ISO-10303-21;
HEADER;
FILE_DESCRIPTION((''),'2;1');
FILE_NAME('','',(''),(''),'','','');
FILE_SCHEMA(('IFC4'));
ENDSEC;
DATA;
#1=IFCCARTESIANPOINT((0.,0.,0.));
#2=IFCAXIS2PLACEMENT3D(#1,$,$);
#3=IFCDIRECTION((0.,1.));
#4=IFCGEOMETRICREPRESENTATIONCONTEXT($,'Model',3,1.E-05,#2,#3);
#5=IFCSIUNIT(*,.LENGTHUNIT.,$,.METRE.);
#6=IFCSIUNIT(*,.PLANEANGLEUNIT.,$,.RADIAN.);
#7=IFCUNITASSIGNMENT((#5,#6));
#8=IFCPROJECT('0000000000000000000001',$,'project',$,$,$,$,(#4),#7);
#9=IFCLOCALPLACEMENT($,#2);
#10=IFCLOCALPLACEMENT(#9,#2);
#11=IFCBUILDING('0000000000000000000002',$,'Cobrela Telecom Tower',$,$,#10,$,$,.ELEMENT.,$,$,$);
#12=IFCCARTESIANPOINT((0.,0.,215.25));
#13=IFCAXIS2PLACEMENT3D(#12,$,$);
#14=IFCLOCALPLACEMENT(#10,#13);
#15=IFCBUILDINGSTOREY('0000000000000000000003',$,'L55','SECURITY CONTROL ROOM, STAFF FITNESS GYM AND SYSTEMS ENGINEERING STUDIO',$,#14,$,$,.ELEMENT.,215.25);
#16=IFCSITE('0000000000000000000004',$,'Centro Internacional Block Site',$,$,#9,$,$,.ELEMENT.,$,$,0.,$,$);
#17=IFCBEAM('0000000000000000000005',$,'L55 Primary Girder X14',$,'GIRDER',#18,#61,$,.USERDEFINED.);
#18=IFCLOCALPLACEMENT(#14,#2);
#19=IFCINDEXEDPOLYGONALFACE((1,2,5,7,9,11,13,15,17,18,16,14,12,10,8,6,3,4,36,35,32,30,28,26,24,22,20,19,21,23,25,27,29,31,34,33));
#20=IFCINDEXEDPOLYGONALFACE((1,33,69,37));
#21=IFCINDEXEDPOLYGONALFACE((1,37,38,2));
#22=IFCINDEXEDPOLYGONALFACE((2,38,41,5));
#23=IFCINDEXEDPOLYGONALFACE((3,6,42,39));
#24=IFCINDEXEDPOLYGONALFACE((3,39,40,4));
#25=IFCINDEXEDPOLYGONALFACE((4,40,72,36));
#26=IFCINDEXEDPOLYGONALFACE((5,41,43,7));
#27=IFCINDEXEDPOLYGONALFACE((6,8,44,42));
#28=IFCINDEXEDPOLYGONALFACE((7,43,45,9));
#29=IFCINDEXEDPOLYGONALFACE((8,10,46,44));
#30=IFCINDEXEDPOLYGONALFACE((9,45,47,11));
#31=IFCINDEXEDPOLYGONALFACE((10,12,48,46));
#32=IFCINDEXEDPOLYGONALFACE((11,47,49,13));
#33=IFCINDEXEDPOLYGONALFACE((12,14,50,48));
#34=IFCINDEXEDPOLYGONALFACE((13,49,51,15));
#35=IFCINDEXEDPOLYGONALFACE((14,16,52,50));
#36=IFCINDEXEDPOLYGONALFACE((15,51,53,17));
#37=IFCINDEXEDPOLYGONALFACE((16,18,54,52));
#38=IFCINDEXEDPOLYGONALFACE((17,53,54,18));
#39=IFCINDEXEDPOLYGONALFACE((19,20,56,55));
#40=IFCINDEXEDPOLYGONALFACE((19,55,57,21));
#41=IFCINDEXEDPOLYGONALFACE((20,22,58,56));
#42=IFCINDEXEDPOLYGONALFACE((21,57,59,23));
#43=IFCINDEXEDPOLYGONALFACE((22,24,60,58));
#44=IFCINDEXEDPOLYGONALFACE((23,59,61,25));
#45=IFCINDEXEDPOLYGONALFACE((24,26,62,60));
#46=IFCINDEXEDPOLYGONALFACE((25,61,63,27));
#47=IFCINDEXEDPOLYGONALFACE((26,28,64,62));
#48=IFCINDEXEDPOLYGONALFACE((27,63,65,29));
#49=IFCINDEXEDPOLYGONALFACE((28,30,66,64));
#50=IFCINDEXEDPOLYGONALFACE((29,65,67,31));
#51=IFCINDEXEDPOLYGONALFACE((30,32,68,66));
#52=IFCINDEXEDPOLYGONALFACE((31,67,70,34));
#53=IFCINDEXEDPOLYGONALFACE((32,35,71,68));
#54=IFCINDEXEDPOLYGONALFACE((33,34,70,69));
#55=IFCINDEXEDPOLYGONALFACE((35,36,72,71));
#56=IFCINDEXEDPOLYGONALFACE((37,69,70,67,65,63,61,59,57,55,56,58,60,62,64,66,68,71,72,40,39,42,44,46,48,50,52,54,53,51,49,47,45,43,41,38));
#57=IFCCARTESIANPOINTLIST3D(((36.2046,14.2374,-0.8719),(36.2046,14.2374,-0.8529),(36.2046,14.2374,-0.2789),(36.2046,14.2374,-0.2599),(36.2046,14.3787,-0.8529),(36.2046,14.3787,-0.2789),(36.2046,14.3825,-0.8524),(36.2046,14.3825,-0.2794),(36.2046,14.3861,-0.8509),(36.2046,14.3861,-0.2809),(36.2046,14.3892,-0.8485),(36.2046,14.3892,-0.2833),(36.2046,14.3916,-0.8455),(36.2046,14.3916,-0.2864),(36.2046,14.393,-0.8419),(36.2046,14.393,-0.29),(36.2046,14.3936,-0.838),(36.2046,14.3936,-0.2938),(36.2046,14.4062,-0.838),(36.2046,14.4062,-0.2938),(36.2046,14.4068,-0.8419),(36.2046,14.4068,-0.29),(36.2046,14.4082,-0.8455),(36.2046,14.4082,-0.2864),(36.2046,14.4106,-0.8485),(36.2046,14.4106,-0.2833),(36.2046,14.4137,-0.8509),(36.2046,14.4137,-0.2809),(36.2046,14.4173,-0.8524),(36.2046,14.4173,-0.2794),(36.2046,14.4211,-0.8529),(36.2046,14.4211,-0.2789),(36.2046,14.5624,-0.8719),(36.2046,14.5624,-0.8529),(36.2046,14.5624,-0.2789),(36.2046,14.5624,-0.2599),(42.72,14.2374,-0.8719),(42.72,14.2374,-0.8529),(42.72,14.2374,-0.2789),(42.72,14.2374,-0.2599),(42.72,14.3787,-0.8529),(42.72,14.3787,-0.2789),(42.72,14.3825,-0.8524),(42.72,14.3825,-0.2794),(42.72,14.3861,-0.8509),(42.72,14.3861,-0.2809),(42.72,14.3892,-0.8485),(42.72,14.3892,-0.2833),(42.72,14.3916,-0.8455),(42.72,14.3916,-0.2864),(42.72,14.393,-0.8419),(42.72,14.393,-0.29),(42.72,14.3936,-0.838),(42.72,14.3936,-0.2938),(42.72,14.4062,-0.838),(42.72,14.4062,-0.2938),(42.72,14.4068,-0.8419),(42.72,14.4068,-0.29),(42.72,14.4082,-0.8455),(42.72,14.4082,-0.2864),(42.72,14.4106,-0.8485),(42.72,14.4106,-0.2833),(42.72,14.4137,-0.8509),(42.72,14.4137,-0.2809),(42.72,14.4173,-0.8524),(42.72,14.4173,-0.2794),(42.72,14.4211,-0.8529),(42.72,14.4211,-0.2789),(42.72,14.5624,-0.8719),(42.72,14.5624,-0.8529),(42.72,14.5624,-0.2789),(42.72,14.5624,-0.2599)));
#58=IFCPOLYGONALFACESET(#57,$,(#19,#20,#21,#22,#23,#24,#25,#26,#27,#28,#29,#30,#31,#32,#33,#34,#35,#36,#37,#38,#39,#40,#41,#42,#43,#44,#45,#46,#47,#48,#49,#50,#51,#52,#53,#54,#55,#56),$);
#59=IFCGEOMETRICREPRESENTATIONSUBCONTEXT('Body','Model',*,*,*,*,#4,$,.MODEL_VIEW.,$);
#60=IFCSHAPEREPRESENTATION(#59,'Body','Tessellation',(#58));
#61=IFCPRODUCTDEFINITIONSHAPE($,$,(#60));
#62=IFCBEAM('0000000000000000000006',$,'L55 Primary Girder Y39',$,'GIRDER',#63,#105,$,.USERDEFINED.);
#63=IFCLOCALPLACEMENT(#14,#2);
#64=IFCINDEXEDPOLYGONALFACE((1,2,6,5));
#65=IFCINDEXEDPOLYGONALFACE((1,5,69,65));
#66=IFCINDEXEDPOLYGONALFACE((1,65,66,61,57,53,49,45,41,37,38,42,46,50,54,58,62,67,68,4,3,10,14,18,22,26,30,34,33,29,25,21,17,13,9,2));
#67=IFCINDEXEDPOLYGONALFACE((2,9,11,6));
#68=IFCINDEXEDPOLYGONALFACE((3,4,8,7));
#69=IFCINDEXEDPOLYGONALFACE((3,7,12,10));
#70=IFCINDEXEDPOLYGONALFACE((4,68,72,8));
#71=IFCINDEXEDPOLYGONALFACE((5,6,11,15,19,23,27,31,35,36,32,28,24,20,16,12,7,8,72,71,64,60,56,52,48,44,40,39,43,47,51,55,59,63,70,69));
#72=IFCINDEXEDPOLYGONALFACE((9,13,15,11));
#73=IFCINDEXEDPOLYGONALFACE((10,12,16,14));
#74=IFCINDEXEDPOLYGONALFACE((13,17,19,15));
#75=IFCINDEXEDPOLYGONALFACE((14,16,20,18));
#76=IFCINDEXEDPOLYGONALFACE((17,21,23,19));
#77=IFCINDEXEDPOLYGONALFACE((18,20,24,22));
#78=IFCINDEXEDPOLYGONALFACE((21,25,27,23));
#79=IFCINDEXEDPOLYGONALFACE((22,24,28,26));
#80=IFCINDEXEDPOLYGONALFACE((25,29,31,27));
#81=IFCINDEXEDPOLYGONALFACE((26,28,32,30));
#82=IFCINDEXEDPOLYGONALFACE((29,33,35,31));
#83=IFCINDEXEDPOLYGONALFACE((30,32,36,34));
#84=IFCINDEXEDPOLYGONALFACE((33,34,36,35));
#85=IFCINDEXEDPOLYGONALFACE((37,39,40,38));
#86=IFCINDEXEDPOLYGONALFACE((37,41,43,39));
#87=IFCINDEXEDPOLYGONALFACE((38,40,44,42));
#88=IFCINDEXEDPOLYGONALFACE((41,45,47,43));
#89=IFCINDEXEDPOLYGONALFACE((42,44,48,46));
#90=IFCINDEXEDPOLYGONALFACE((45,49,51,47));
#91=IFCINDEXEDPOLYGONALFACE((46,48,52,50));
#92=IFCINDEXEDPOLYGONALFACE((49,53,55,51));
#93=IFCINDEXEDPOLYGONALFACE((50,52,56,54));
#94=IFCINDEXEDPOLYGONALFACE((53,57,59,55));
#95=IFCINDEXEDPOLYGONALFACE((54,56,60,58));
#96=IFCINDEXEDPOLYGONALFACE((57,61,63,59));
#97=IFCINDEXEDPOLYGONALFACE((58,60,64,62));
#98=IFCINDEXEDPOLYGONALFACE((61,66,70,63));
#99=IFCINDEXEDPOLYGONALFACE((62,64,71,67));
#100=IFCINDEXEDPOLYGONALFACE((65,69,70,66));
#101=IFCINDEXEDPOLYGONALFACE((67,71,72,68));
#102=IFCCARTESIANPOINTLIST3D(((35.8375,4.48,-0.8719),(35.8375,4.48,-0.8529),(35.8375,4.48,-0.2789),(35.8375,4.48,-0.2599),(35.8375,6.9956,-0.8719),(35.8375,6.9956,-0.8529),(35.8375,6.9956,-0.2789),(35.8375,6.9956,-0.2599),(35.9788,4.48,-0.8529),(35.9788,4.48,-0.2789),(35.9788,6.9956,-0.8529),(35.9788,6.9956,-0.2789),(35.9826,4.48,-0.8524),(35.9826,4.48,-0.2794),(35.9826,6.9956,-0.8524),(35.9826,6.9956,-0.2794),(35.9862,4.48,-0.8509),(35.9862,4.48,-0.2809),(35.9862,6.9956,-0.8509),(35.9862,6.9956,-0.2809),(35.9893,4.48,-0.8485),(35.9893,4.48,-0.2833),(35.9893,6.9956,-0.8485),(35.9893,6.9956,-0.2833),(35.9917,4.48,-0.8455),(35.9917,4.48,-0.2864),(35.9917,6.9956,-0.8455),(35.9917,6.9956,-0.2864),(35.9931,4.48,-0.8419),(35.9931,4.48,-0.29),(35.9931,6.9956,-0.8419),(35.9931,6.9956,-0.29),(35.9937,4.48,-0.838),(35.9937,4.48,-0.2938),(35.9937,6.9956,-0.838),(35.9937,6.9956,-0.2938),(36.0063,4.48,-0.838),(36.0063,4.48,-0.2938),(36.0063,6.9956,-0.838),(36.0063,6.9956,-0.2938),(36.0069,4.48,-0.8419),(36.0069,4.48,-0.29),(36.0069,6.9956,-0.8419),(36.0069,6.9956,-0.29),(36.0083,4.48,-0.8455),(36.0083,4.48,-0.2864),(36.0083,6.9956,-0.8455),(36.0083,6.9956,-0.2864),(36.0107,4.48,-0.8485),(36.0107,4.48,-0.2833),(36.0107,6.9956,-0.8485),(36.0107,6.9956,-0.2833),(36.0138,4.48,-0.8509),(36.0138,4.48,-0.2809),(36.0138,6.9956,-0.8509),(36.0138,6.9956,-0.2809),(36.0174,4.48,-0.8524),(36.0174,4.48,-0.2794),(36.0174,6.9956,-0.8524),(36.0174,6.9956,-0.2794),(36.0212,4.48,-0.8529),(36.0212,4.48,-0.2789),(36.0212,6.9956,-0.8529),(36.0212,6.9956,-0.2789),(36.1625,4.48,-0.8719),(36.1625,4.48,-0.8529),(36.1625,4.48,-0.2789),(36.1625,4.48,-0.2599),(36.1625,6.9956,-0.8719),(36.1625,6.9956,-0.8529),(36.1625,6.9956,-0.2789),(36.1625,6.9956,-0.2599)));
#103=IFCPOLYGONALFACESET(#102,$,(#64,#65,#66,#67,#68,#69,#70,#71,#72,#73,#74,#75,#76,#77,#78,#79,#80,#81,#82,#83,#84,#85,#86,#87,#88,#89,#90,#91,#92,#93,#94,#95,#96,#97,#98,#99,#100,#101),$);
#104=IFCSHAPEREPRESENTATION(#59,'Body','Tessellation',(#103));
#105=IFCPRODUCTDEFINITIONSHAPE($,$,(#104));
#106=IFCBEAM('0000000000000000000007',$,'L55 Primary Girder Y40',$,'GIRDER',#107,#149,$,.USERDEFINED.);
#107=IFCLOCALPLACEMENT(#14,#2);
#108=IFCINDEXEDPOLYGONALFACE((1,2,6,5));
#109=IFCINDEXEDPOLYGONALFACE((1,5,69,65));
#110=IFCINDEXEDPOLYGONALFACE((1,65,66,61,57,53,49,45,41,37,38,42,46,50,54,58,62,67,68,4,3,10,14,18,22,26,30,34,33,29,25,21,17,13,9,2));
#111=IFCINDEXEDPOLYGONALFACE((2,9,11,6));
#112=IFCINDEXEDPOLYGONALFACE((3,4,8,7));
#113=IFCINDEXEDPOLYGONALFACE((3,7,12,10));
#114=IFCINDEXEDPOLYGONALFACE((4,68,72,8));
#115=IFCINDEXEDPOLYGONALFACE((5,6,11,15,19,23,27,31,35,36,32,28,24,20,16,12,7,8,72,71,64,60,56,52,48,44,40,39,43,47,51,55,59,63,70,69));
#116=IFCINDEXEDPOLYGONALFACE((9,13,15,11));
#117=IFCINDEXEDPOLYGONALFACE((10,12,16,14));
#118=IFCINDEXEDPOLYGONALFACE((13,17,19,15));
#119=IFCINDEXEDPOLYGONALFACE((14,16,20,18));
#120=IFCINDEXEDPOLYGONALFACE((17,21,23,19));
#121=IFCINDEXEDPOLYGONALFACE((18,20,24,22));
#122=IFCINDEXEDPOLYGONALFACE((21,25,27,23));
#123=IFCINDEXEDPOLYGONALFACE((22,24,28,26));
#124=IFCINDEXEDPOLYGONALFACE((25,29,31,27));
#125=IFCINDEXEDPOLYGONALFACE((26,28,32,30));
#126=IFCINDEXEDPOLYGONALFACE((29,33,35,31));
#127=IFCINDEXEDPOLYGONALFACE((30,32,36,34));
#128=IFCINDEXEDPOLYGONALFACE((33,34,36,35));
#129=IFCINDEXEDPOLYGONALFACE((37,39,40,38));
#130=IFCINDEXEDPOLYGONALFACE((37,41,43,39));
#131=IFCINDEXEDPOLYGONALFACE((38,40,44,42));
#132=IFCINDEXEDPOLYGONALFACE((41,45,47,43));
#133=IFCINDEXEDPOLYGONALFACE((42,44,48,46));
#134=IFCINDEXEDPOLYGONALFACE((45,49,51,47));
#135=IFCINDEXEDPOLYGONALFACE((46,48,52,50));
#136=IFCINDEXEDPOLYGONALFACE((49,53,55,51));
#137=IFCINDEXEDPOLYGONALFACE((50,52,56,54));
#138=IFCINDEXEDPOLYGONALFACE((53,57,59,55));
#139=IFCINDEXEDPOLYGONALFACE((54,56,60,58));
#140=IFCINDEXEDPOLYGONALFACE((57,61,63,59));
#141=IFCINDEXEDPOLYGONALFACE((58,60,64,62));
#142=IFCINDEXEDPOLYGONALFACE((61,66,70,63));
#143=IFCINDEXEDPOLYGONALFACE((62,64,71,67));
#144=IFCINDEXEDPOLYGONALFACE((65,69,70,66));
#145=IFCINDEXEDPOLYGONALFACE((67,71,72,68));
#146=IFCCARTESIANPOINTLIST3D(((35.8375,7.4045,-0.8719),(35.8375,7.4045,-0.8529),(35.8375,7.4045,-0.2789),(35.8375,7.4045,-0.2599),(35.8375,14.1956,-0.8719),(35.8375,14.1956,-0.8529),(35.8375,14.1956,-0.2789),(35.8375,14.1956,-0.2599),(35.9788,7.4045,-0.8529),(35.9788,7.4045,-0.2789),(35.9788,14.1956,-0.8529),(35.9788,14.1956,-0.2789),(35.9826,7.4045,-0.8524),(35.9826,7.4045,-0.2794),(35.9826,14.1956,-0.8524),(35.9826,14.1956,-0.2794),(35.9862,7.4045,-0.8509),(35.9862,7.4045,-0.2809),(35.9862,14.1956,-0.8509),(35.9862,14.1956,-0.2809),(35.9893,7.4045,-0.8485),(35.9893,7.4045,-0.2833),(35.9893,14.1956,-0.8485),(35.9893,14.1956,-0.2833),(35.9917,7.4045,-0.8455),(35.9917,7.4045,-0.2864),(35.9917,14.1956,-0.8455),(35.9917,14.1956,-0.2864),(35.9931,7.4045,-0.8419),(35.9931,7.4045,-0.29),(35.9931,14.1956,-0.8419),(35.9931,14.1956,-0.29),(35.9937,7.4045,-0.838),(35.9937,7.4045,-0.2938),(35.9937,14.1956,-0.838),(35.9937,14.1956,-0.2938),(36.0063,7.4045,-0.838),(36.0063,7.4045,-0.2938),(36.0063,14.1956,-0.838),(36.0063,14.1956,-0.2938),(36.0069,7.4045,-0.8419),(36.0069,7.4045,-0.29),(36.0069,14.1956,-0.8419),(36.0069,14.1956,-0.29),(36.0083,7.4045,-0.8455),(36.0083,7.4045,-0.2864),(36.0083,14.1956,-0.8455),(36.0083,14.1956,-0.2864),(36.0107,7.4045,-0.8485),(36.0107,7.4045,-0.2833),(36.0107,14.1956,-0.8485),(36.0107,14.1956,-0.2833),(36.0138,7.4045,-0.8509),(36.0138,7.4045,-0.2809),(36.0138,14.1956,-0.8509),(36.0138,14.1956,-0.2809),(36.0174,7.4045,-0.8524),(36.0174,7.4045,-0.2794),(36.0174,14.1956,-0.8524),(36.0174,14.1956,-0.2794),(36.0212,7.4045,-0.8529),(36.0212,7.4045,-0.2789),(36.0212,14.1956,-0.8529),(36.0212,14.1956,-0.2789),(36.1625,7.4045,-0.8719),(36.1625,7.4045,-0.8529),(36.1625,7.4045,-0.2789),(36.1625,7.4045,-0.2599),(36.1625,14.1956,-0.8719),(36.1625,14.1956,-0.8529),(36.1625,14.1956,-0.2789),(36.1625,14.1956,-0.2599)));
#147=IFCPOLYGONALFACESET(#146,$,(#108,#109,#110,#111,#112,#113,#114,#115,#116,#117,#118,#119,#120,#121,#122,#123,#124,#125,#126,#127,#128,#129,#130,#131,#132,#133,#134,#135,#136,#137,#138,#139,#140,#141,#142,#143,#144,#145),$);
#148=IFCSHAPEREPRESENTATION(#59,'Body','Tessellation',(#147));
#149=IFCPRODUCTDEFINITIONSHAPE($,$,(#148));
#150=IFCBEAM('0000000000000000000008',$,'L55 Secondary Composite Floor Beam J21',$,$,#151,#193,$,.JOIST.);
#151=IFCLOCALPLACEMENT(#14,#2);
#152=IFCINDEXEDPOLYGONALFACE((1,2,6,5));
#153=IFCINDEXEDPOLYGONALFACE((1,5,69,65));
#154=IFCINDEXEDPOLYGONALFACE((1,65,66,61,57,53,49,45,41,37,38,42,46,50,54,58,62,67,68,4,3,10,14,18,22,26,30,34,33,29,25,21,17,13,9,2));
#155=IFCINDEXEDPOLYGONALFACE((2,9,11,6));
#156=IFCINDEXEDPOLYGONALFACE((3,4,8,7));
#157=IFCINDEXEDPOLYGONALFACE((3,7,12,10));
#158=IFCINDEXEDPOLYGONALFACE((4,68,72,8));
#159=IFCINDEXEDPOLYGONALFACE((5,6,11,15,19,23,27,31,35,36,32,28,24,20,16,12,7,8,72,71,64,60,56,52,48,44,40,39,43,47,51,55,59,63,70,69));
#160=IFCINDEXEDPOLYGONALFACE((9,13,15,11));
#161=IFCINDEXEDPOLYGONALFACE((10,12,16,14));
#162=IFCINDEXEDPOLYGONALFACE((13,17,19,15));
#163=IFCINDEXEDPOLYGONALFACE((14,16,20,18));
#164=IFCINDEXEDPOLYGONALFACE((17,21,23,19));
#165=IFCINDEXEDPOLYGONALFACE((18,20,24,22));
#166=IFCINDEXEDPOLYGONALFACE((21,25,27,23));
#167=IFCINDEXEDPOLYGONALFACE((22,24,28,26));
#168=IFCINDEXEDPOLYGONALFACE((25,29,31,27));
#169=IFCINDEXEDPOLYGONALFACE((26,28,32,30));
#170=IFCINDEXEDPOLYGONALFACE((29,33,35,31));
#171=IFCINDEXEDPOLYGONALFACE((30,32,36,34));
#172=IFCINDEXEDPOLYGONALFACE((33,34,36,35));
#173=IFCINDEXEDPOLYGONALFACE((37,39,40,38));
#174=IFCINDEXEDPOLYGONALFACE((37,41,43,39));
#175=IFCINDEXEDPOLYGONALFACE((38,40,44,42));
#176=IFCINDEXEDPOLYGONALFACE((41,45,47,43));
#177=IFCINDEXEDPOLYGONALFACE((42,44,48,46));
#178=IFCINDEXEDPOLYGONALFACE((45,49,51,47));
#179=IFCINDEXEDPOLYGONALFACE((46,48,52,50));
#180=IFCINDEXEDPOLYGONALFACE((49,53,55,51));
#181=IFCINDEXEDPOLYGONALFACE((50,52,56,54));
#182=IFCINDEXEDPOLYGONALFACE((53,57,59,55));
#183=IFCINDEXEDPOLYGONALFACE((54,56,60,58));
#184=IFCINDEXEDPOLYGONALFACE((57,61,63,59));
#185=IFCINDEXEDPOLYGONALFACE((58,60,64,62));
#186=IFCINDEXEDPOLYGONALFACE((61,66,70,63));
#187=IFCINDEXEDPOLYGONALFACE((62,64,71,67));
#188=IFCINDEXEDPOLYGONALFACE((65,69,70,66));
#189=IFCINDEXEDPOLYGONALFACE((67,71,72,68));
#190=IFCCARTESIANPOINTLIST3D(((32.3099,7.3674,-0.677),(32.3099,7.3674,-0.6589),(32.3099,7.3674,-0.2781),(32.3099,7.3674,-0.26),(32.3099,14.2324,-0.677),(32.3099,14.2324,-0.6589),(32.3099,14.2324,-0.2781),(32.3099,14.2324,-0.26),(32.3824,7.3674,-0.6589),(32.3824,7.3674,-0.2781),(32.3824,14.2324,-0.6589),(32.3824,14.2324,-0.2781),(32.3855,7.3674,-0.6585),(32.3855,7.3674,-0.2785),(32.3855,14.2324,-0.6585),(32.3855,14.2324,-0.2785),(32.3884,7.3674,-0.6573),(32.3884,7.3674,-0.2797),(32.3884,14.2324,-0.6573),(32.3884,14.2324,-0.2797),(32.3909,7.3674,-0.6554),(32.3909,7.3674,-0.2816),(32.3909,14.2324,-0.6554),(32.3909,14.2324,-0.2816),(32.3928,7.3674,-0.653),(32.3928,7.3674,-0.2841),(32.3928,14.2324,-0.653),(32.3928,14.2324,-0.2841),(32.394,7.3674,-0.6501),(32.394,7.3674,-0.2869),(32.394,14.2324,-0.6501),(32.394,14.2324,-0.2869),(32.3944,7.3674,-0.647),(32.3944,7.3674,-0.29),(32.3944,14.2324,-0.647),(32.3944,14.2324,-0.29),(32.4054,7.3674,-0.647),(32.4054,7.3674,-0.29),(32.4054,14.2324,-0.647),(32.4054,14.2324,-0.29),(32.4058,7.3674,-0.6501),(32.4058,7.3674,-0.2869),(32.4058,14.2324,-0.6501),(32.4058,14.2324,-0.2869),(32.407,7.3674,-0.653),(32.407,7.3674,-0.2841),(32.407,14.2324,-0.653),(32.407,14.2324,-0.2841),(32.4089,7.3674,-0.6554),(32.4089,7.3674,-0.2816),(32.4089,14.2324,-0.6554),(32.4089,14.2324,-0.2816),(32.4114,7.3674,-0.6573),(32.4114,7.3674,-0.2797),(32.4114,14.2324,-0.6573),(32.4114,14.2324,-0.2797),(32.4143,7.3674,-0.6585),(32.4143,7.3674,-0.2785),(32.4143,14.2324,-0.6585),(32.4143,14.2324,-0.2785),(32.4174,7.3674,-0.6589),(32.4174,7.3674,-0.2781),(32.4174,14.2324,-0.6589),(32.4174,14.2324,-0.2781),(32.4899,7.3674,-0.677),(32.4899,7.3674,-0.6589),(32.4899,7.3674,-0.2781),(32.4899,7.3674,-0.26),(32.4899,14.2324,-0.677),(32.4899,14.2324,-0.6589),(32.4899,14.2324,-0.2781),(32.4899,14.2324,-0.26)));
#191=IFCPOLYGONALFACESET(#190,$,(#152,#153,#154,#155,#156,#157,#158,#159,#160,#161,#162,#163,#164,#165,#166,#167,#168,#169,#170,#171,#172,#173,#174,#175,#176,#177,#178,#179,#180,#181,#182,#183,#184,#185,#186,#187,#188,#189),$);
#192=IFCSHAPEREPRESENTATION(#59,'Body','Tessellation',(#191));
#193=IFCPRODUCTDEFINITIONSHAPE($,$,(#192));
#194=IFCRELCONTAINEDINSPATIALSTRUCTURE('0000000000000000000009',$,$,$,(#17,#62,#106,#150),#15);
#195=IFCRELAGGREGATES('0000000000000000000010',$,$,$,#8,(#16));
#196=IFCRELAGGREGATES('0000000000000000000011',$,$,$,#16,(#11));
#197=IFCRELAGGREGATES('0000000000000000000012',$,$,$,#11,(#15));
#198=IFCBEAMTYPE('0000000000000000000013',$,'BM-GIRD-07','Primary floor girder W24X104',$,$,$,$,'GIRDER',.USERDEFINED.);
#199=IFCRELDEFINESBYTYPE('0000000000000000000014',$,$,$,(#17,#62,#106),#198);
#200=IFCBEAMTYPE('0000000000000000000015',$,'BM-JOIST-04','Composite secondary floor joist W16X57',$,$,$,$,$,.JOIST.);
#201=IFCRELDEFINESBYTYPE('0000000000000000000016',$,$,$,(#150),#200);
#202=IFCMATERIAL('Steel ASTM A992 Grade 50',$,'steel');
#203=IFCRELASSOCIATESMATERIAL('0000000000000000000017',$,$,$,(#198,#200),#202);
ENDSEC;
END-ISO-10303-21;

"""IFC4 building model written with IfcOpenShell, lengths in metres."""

from ifc_helpers import new_model, si_unit, direction, frame, origin, origin_2d, place, context, subcontext, project, spatial, i_section, extrude, material, material_profile, profile_set, type_object, element, save


model = new_model("IFC4")

# Units and contexts
model_context = context("Model", 3, precision=1e-05, world=origin(), true_north=direction((0.0, 1.0)))
body_context = subcontext(model_context, "Body", "Model", "MODEL_VIEW")
ifc_project = project(units=[si_unit("LENGTHUNIT", "METRE"), si_unit("PLANEANGLEUNIT", "RADIAN")], contexts=[model_context])

# Site, building, storey
site_placement = place(None, origin())
site = spatial("IfcSite", under=ifc_project, at=site_placement, Name="Centro Internacional Block Site", CompositionType="ELEMENT", RefElevation=0.0)
building_placement = place(site_placement, origin())
building = spatial("IfcBuilding", under=site, at=building_placement, Name="Cobrela Telecom Tower", CompositionType="ELEMENT")
storey_placement = place(building_placement, frame((0.0, 0.0, 215.25)))
storey = spatial("IfcBuildingStorey", under=building, at=storey_placement, Name="L55", Description="SECURITY CONTROL ROOM, STAFF FITNESS GYM AND SYSTEMS ENGINEERING STUDIO", CompositionType="ELEMENT", Elevation=215.25)

# Shared definitions
ifc_material_1 = material(Name="Steel ASTM A992 Grade 50", Category="steel")

# Beams
ifc_material_profile_1 = material_profile(ifc_material_1, i_section(OverallWidth=0.325, OverallDepth=0.6121, WebThickness=0.0127, FlangeThickness=0.019, FilletRadius=0.0149, at=origin_2d()), Name="W24X104")
ifc_profile_set_1 = profile_set([ifc_material_profile_1], Name="Steel ASTM A992 Grade 50")
beam_type_1 = type_object("IfcBeamType", Name="BM-GIRD-07", Description="Primary floor girder W24X104", ElementType="GIRDER", PredefinedType="USERDEFINED", material=ifc_profile_set_1)
for number, where, z_axis, x_axis, name in (
    (1, (36.2046, 14.3999, -0.5659), (1.0, 0.0, 0.0), (0.0, 1.0, 0.0), "L55 Primary Girder X14"),
):
    element("IfcBeam", number, at=place(storey_placement, frame(where, z_axis=z_axis, x_axis=x_axis)), inside=storey, type_object=beam_type_1, Name=name, ObjectType="GIRDER", PredefinedType="USERDEFINED", context=body_context, shape_type="SweptSolid", body=[
        extrude(i_section(OverallWidth=0.325, OverallDepth=0.6121, WebThickness=0.0127, FlangeThickness=0.019, FilletRadius=0.0149, at=origin_2d()), origin(), (0.0, 0.0, 1.0), 6.5154),
    ])
beam_1_placement = place(storey_placement, frame((36.0, 4.48, -0.5659), z_axis=(0.0, 1.0, 0.0), x_axis=(-1.0, 0.0, 0.0)))
element("IfcBeam", 2, at=beam_1_placement, inside=storey, type_object=beam_type_1, Name="L55 Primary Girder Y39", ObjectType="GIRDER", PredefinedType="USERDEFINED", context=body_context, shape_type="SweptSolid", body=[
    extrude(i_section(OverallWidth=0.325, OverallDepth=0.6121, WebThickness=0.0127, FlangeThickness=0.019, FilletRadius=0.0149, at=origin_2d()), origin(), (0.0, 0.0, 1.0), 2.5156),
])
beam_2_placement = place(storey_placement, frame((36.0, 7.4045, -0.5659), z_axis=(0.0, 1.0, 0.0), x_axis=(-1.0, 0.0, 0.0)))
element("IfcBeam", 3, at=beam_2_placement, inside=storey, type_object=beam_type_1, Name="L55 Primary Girder Y40", ObjectType="GIRDER", PredefinedType="USERDEFINED", context=body_context, shape_type="SweptSolid", body=[
    extrude(i_section(OverallWidth=0.325, OverallDepth=0.6121, WebThickness=0.0127, FlangeThickness=0.019, FilletRadius=0.0149, at=origin_2d()), origin(), (0.0, 0.0, 1.0), 6.791),
])
ifc_material_profile_2 = material_profile(ifc_material_1, i_section(OverallWidth=0.1799, OverallDepth=0.417, WebThickness=0.011, FlangeThickness=0.0181, FilletRadius=0.012, at=origin_2d()), Name="W16X57")
ifc_profile_set_2 = profile_set([ifc_material_profile_2], Name="Steel ASTM A992 Grade 50")
beam_type_2 = type_object("IfcBeamType", Name="BM-JOIST-04", Description="Composite secondary floor joist W16X57", PredefinedType="JOIST", material=ifc_profile_set_2)
for number, where, z_axis, x_axis, name in (
    (4, (32.3999, 7.3674, -0.4685), (0.0, 1.0, 0.0), (-1.0, 0.0, 0.0), "L55 Secondary Composite Floor Beam J21"),
):
    element("IfcBeam", number, at=place(storey_placement, frame(where, z_axis=z_axis, x_axis=x_axis)), inside=storey, type_object=beam_type_2, Name=name, PredefinedType="JOIST", context=body_context, shape_type="SweptSolid", body=[
        extrude(i_section(OverallWidth=0.1799, OverallDepth=0.417, WebThickness=0.011, FlangeThickness=0.0181, FilletRadius=0.012, at=origin_2d()), origin(), (0.0, 0.0, 1.0), 6.865),
    ])

save(model, "model.ifc")
